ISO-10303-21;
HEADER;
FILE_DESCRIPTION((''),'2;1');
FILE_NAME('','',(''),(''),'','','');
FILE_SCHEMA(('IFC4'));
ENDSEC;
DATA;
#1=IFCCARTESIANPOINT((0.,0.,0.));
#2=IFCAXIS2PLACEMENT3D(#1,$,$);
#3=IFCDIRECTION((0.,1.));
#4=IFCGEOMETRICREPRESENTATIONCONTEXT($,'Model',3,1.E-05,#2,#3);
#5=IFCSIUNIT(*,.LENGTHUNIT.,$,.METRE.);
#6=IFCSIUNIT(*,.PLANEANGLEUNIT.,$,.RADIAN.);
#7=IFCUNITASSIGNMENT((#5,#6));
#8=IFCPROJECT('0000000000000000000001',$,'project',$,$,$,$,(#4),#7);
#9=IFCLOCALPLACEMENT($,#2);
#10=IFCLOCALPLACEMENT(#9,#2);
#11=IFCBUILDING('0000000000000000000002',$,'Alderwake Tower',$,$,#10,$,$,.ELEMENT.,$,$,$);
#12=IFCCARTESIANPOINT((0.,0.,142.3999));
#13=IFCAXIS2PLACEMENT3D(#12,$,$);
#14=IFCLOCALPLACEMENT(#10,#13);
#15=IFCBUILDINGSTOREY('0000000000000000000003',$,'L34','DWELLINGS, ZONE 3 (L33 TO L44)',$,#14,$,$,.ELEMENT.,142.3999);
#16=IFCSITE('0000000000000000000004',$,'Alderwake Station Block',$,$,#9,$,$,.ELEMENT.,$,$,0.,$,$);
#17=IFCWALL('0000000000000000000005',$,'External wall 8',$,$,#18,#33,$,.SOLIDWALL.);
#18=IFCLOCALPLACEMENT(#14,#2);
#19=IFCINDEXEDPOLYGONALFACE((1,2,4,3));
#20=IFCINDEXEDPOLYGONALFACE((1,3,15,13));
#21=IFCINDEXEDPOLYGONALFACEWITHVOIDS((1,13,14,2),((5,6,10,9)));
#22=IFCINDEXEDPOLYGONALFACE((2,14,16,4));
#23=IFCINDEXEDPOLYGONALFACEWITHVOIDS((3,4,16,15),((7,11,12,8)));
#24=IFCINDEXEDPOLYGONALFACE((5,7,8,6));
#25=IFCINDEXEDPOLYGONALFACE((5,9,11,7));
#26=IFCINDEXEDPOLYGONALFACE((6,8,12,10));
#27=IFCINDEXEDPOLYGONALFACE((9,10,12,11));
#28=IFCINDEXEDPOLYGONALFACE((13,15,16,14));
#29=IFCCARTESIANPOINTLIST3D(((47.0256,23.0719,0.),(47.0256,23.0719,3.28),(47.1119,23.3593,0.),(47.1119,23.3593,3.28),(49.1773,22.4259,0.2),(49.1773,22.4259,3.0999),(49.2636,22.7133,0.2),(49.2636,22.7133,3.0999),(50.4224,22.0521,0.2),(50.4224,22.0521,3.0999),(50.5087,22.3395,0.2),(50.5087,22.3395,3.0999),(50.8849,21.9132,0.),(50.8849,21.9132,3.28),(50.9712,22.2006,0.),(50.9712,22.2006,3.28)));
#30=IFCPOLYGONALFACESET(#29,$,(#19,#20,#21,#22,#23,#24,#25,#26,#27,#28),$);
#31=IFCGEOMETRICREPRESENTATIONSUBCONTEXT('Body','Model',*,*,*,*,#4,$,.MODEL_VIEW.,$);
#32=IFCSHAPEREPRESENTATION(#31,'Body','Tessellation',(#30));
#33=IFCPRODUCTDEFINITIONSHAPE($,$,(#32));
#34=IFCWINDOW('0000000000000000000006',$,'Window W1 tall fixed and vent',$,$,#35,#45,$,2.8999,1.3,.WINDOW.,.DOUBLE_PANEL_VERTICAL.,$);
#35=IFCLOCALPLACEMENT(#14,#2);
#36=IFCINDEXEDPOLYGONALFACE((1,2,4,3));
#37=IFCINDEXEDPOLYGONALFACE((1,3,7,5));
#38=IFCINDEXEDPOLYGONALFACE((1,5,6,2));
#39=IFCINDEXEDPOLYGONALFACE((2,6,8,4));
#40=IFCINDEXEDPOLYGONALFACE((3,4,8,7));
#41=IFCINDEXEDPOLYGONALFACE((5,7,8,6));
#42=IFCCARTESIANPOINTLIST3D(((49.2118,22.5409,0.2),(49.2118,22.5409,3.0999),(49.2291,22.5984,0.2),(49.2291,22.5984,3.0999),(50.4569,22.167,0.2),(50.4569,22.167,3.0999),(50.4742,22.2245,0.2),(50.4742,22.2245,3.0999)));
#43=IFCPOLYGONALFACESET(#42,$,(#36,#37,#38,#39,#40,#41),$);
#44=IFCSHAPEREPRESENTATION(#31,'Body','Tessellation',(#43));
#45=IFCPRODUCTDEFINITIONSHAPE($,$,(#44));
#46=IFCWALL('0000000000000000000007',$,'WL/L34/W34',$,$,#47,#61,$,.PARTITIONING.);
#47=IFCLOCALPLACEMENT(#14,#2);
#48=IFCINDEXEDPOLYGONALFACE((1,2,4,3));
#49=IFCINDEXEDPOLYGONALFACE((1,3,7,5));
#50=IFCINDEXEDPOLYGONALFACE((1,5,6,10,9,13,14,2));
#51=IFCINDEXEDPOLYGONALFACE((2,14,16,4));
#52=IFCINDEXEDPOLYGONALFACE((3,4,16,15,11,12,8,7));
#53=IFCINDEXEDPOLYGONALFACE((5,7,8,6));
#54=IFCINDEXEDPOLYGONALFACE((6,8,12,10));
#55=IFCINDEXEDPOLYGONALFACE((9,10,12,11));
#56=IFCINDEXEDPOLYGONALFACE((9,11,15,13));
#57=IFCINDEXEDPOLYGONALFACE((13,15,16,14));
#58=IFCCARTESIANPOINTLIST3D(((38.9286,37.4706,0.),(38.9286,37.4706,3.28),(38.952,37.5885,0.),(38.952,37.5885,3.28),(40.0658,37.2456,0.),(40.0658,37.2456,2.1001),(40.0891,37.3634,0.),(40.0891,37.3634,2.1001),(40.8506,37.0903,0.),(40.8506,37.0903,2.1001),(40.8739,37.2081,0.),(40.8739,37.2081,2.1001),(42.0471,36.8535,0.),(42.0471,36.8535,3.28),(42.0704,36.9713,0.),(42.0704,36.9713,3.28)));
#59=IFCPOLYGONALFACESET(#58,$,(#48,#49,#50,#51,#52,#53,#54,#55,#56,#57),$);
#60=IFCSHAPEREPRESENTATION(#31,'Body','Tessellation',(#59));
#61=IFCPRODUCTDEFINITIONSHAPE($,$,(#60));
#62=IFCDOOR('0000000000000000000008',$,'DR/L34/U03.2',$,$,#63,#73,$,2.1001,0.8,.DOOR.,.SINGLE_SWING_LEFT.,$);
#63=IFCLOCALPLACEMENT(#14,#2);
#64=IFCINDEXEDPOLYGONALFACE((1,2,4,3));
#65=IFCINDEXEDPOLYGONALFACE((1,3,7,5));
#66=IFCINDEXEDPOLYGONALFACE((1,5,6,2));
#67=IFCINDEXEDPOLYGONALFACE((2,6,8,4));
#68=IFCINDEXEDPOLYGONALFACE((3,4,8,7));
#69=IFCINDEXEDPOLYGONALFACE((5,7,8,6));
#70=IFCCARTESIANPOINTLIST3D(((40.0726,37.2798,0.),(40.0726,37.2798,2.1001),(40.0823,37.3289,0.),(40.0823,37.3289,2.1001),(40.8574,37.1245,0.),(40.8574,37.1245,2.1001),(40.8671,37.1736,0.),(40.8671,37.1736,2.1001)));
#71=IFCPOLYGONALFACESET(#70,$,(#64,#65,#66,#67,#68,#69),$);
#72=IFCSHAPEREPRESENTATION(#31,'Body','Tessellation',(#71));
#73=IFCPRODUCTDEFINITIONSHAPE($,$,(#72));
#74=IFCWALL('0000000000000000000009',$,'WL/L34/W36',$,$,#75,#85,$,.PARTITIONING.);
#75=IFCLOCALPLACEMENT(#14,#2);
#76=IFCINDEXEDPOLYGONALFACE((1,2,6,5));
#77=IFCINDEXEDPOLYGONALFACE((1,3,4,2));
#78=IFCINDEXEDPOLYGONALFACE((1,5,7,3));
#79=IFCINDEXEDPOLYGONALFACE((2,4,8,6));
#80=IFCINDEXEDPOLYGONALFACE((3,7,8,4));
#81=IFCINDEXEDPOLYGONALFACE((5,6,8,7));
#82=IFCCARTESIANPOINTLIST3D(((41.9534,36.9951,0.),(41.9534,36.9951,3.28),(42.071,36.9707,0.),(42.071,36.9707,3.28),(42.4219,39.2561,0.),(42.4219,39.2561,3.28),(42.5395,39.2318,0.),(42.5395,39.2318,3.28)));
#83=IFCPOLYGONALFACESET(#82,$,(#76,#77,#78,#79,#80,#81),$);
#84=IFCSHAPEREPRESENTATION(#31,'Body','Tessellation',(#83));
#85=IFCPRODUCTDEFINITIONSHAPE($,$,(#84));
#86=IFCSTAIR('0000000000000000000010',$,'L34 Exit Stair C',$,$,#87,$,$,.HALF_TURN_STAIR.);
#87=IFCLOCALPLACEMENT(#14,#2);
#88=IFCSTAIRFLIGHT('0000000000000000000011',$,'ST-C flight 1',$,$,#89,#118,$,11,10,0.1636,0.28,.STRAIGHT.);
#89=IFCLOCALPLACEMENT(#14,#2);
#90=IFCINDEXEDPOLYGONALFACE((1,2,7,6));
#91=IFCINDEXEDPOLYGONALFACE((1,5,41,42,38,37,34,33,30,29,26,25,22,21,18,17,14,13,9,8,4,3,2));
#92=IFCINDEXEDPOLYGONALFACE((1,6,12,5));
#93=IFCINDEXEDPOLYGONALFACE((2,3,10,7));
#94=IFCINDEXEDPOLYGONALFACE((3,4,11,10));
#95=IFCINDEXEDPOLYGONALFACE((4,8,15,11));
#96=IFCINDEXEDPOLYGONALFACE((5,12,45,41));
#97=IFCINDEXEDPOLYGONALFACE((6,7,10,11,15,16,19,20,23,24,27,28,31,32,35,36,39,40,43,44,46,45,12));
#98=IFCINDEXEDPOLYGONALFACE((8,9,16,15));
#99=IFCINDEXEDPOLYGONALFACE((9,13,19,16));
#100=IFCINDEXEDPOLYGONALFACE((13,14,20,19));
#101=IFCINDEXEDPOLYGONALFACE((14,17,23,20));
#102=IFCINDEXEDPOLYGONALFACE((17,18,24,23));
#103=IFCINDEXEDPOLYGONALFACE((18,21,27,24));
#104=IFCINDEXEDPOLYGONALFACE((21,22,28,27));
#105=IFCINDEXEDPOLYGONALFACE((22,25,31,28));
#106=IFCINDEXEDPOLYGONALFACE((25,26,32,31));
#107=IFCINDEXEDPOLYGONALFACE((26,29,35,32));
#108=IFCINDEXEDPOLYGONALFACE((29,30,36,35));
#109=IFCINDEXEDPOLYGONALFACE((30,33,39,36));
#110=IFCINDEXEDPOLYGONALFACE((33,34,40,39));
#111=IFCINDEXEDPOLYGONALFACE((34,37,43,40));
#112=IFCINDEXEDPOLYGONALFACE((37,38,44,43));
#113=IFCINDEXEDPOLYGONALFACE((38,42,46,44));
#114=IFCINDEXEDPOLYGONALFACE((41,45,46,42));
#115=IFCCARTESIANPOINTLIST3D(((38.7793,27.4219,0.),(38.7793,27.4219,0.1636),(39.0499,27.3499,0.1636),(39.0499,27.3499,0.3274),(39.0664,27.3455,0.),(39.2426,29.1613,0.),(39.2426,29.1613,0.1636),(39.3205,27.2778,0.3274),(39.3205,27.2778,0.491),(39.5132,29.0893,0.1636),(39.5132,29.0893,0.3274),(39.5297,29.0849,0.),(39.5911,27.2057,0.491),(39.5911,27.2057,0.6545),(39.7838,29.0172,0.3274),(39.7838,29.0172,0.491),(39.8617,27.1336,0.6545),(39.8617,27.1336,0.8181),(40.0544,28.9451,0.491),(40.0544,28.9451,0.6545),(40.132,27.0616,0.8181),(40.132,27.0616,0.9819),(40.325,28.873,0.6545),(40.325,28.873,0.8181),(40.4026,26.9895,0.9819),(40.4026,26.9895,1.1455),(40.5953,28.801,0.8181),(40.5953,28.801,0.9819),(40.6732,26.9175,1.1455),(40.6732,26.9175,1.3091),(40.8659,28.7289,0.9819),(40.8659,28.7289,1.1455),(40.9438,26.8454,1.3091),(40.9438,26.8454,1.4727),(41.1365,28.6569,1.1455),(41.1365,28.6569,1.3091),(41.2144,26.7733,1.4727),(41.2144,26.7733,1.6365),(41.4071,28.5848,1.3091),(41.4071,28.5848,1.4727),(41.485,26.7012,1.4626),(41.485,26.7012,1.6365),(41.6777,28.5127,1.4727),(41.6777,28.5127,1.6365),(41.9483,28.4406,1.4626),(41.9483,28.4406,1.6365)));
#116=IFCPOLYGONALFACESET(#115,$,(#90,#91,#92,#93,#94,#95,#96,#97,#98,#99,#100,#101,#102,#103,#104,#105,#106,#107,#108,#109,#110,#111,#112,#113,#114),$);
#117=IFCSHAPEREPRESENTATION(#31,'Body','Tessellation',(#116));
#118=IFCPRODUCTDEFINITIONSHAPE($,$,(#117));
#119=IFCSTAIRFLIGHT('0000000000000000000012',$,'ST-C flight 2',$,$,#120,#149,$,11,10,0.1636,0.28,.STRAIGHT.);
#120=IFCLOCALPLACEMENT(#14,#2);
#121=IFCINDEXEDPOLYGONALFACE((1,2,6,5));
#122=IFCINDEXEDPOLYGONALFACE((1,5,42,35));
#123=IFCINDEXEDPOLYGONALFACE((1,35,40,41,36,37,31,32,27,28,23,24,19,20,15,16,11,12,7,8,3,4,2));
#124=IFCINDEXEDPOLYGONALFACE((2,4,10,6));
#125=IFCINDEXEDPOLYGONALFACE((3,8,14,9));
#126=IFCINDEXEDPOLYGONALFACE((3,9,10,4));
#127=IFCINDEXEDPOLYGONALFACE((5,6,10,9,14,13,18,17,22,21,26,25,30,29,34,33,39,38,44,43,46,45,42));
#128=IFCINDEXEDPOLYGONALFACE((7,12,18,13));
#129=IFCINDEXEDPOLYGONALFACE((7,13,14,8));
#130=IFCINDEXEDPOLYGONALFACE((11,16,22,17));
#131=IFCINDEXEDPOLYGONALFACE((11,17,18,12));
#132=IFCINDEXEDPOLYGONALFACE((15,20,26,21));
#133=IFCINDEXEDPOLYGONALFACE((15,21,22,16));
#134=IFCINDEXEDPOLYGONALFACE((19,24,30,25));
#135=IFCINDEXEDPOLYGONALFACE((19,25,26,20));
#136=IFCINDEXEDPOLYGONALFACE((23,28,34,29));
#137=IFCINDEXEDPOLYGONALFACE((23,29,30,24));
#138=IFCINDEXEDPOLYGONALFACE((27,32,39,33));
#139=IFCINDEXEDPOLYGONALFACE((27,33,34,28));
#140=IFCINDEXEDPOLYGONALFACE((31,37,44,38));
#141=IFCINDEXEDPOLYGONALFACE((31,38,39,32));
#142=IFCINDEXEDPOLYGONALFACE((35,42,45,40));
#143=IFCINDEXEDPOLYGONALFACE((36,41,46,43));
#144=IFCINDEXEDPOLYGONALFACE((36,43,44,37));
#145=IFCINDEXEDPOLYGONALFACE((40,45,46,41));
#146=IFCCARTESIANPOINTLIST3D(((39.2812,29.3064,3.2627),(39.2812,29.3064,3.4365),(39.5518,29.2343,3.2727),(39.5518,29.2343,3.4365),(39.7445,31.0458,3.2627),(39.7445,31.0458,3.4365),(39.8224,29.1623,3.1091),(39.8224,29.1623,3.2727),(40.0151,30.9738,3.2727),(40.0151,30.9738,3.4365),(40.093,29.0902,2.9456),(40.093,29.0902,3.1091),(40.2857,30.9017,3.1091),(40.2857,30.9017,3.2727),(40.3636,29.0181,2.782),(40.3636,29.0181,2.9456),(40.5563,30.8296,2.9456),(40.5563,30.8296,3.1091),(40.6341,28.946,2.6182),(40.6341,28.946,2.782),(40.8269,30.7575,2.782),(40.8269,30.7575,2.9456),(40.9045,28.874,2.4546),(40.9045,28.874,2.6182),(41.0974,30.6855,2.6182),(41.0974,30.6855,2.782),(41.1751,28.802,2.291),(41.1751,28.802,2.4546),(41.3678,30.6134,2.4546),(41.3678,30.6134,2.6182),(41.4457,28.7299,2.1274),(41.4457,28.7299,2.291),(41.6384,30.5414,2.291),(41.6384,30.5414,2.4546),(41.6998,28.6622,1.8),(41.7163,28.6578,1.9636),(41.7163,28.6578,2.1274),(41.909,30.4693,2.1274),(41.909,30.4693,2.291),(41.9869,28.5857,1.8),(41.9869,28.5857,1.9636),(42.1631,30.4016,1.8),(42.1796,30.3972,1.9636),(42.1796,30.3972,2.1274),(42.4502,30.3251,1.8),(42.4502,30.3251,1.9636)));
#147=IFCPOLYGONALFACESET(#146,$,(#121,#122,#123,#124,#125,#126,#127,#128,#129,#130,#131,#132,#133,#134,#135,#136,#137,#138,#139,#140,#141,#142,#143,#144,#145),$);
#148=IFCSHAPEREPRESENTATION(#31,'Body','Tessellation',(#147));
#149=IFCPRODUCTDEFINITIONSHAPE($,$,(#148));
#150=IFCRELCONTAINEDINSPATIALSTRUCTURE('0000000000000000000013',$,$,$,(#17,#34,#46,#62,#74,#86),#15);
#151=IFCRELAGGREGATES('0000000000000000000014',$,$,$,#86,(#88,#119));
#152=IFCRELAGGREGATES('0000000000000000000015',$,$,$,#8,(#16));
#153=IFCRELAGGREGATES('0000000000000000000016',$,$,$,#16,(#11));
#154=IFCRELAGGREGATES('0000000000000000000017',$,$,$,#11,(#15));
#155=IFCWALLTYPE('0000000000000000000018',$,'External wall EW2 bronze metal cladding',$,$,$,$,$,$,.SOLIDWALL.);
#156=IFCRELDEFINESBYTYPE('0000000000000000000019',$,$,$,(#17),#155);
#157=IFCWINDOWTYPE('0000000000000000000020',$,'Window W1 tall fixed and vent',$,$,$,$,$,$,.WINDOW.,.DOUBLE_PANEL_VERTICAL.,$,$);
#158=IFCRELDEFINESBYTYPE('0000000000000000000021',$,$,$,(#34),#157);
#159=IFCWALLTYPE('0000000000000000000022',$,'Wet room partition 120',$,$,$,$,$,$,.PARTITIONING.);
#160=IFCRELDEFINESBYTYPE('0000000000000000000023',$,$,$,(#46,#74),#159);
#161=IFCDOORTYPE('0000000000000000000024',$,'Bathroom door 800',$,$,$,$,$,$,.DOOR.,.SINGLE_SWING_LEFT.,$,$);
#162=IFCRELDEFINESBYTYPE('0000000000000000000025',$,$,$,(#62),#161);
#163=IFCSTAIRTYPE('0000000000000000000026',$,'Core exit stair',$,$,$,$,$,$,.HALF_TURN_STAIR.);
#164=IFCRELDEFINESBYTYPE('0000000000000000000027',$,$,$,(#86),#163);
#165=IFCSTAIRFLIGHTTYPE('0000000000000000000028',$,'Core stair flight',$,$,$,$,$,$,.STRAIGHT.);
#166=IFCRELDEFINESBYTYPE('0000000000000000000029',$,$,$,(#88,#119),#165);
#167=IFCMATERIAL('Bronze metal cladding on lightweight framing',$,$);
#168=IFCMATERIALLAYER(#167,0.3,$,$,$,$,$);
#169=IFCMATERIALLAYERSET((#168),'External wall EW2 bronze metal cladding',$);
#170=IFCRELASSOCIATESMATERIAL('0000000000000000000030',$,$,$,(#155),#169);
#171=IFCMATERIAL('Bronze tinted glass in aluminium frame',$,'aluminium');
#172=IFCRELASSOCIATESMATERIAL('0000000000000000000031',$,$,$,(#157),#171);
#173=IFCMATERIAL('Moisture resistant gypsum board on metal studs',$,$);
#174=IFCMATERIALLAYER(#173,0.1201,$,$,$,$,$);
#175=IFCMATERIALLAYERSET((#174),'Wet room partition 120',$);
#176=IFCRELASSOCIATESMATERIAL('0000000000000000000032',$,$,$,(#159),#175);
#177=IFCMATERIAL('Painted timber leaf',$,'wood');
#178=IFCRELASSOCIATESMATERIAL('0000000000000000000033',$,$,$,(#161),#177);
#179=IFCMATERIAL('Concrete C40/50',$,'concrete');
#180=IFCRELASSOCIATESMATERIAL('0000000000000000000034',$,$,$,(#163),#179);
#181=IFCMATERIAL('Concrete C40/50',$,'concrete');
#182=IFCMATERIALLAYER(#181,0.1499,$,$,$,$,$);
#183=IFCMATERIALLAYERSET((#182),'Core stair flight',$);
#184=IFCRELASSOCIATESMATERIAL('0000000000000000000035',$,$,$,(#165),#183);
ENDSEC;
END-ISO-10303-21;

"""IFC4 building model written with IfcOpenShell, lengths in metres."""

from ifc_helpers import new_model, si_unit, direction, frame, frame_2d, origin, place, context, subcontext, project, spatial, polyline, rectangle, outline, extrude, material, layer, layer_set, type_object, element, fill, aggregate, save


model = new_model("IFC4")

# Units and contexts
model_context = context("Model", 3, precision=1e-05, world=origin(), true_north=direction((0.0, 1.0)))
body_context = subcontext(model_context, "Body", "Model", "MODEL_VIEW")
ifc_project = project(units=[si_unit("LENGTHUNIT", "METRE"), si_unit("PLANEANGLEUNIT", "RADIAN")], contexts=[model_context])

# Site, building, storey
site_placement = place(None, origin())
site = spatial("IfcSite", under=ifc_project, at=site_placement, Name="Alderwake Station Block", CompositionType="ELEMENT", RefElevation=0.0)
building_placement = place(site_placement, origin())
building = spatial("IfcBuilding", under=site, at=building_placement, Name="Alderwake Tower", CompositionType="ELEMENT")
storey_placement = place(building_placement, frame((0.0, 0.0, 142.3999)))
storey = spatial("IfcBuildingStorey", under=building, at=storey_placement, Name="L34", Description="DWELLINGS, ZONE 3 (L33 TO L44)", CompositionType="ELEMENT", Elevation=142.3999)

# Shared definitions
ifc_material_1 = material(Name="Bronze metal cladding on lightweight framing")
ifc_layer_1 = layer(ifc_material_1, 0.3)
ifc_layer_set_1 = layer_set([ifc_layer_1], Name="External wall EW2 bronze metal cladding")
wall_type_1 = type_object("IfcWallType", Name="External wall EW2 bronze metal cladding", PredefinedType="SOLIDWALL", material=ifc_layer_set_1)
ifc_material_2 = material(Name="Bronze tinted glass in aluminium frame", Category="aluminium")
window_type = type_object("IfcWindowType", Name="Window W1 tall fixed and vent", PartitioningType="DOUBLE_PANEL_VERTICAL", PredefinedType="WINDOW", material=ifc_material_2)

# Wall, opening, window
wall_1_placement = place(storey_placement, frame((47.0688, 23.2156, 0.0), z_axis=(0.0, 0.0, 1.0), x_axis=(0.957766, -0.287548, 0.0)))
wall_1 = element("IfcWall", 1, at=wall_1_placement, inside=storey, type_object=wall_type_1, Name="External wall 8", PredefinedType="SOLIDWALL", context=body_context, shape_type="SweptSolid", body=[
    extrude(rectangle(XDim=4.0295, YDim=0.3, at=frame_2d((2.0146, 0.0))), origin(), (0.0, 0.0, 1.0), 3.28),
])
opening_1_placement = place(wall_1_placement, frame((2.2466, 0.0, 0.2)))
opening_1 = element("IfcOpeningElement", 2, at=opening_1_placement, cuts=wall_1, PredefinedType="OPENING", context=body_context, shape_type="SweptSolid", body=[
    extrude(rectangle(XDim=1.3, YDim=2.8999, at=frame_2d((0.6499, 1.45))), frame((0.0, 0.1599, 0.0), z_axis=(0.0, -1.0, 0.0), x_axis=(1.0, 0.0, 0.0)), (0.0, 0.0, 1.0), 0.3201),
])
window_1_placement = place(opening_1_placement, origin())
window_1 = element("IfcWindow", 3, at=window_1_placement, inside=storey, type_object=window_type, Name="Window W1 tall fixed and vent", OverallHeight=2.8999, OverallWidth=1.3, PartitioningType="DOUBLE_PANEL_VERTICAL", PredefinedType="WINDOW", context=body_context, shape_type="SweptSolid", body=[
    extrude(rectangle(XDim=1.3, YDim=2.8999, at=frame_2d((0.6499, 1.45))), frame((0.0, 0.03, 0.0), z_axis=(0.0, -1.0, 0.0), x_axis=(1.0, 0.0, 0.0)), (0.0, 0.0, 1.0), 0.0601),
])
fill(opening_1, window_1)

# Wall, opening, door
ifc_material_3 = material(Name="Moisture resistant gypsum board on metal studs")
ifc_layer_2 = layer(ifc_material_3, 0.1201)
ifc_layer_set_2 = layer_set([ifc_layer_2], Name="Wet room partition 120")
wall_type_2 = type_object("IfcWallType", Name="Wet room partition 120", PredefinedType="PARTITIONING", material=ifc_layer_set_2)
wall_2_placement = place(storey_placement, frame((38.9404, 37.5295, 0.0), z_axis=(0.0, 0.0, 1.0), x_axis=(0.980972, -0.194151, 0.0)))
wall_2 = element("IfcWall", 4, at=wall_2_placement, inside=storey, type_object=wall_type_2, Name="WL/L34/W34", PredefinedType="PARTITIONING", context=body_context, shape_type="SweptSolid", body=[
    extrude(rectangle(XDim=3.179, YDim=0.1201, at=frame_2d((1.5894, 0.0))), origin(), (0.0, 0.0, 1.0), 3.28),
])
opening_2_placement = place(wall_2_placement, frame((1.1592, 0.0, 0.0)))
opening_2 = element("IfcOpeningElement", 5, at=opening_2_placement, cuts=wall_2, PredefinedType="OPENING", context=body_context, shape_type="SweptSolid", body=[
    extrude(rectangle(XDim=0.8, YDim=2.1001, at=frame_2d((0.3999, 1.05))), frame((0.0, 0.0701, 0.0), z_axis=(0.0, -1.0, 0.0), x_axis=(1.0, 0.0, 0.0)), (0.0, 0.0, 1.0), 0.1401),
])
ifc_material_4 = material(Name="Painted timber leaf", Category="wood")
door_type = type_object("IfcDoorType", Name="Bathroom door 800", OperationType="SINGLE_SWING_LEFT", PredefinedType="DOOR", material=ifc_material_4)
door_placement = place(opening_2_placement, origin())
door = element("IfcDoor", 6, at=door_placement, inside=storey, type_object=door_type, Name="DR/L34/U03.2", OperationType="SINGLE_SWING_LEFT", OverallHeight=2.1001, OverallWidth=0.8, PredefinedType="DOOR", context=body_context, shape_type="SweptSolid", body=[
    extrude(rectangle(XDim=0.8, YDim=2.1001, at=frame_2d((0.3999, 1.05))), frame((0.0, 0.0249, 0.0), z_axis=(0.0, -1.0, 0.0), x_axis=(1.0, 0.0, 0.0)), (0.0, 0.0, 1.0), 0.05),
])
fill(opening_2, door)

# Wall
wall_3_placement = place(storey_placement, frame((42.0122, 36.9829, 0.0), z_axis=(0.0, 0.0, 1.0), x_axis=(0.202903, 0.979199, 0.0)))
element("IfcWall", 7, at=wall_3_placement, inside=storey, type_object=wall_type_2, Name="WL/L34/W36", PredefinedType="PARTITIONING", context=body_context, shape_type="SweptSolid", body=[
    extrude(rectangle(XDim=2.3091, YDim=0.1201, at=frame_2d((1.1545, 0.0))), origin(), (0.0, 0.0, 1.0), 3.28),
])

# Stair, stair flights
ifc_material_5 = material(Name="Concrete C40/50", Category="concrete")
stair_type = type_object("IfcStairType", Name="Core exit stair", PredefinedType="HALF_TURN_STAIR", material=ifc_material_5)
stair_placement = place(storey_placement, origin())
stair = element("IfcStair", 8, at=stair_placement, inside=storey, type_object=stair_type, Name="L34 Exit Stair C", PredefinedType="HALF_TURN_STAIR")
ifc_material_6 = material(Name="Concrete C40/50", Category="concrete")
ifc_layer_3 = layer(ifc_material_6, 0.1499)
ifc_layer_set_3 = layer_set([ifc_layer_3], Name="Core stair flight")
stair_flight_type = type_object("IfcStairFlightType", Name="Core stair flight", PredefinedType="STRAIGHT", material=ifc_layer_set_3)
stair_flight_1_placement = place(storey_placement, frame((39.011, 28.2917, 0.0), z_axis=(0.0, 0.0, 1.0), x_axis=(0.96631, -0.257382, 0.0)))
stair_flight_1 = element("IfcStairFlight", 9, at=stair_flight_1_placement, type_object=stair_flight_type, Name="ST-C flight 1", NumberOfRisers=11, NumberOfTreads=10, PredefinedType="STRAIGHT", RiserHeight=0.1636, TreadLength=0.28, context=body_context, shape_type="SweptSolid", body=[
    extrude(outline(polyline([(0.0, 0.0), (0.0, 0.1636), (0.28, 0.1636), (0.28, 0.3274), (0.5601, 0.3274), (0.5601, 0.491), (0.8401, 0.491), (0.8401, 0.6545), (1.1201, 0.6545), (1.1201, 0.8181), (1.3999, 0.8181), (1.3999, 0.9819), (1.6799, 0.9819), (1.6799, 1.1455), (1.96, 1.1455), (1.96, 1.3091), (2.24, 1.3091), (2.24, 1.4727), (2.52, 1.4727), (2.52, 1.6365), (2.8, 1.6365), (2.8, 1.8), (2.8, 1.4626), (0.2971, 0.0), (0.0, 0.0)])), frame((0.0, 0.8999, 0.0), z_axis=(0.0, -1.0, 0.0), x_axis=(1.0, 0.0, 0.0)), (0.0, 0.0, 1.0), 1.8),
])
stair_flight_2_placement = place(storey_placement, frame((42.2185, 29.4553, 1.8), z_axis=(0.0, 0.0, 1.0), x_axis=(-0.96631, 0.257382, 0.0)))
stair_flight_2 = element("IfcStairFlight", 10, at=stair_flight_2_placement, type_object=stair_flight_type, Name="ST-C flight 2", NumberOfRisers=11, NumberOfTreads=10, PredefinedType="STRAIGHT", RiserHeight=0.1636, TreadLength=0.28, context=body_context, shape_type="SweptSolid", body=[
    extrude(outline(polyline([(0.0, 0.0), (0.0, 0.1636), (0.28, 0.1636), (0.28, 0.3274), (0.5601, 0.3274), (0.5601, 0.491), (0.8401, 0.491), (0.8401, 0.6545), (1.1201, 0.6545), (1.1201, 0.8181), (1.3999, 0.8181), (1.3999, 0.9819), (1.6799, 0.9819), (1.6799, 1.1455), (1.96, 1.1455), (1.96, 1.3091), (2.24, 1.3091), (2.24, 1.4727), (2.52, 1.4727), (2.52, 1.6365), (2.8, 1.6365), (2.8, 1.8), (2.8, 1.4626), (0.2971, 0.0), (0.0, 0.0)])), frame((0.0, 0.8999, 0.0), z_axis=(0.0, -1.0, 0.0), x_axis=(1.0, 0.0, 0.0)), (0.0, 0.0, 1.0), 1.8),
])
aggregate(stair, [stair_flight_1, stair_flight_2])

save(model, "model.ifc")
